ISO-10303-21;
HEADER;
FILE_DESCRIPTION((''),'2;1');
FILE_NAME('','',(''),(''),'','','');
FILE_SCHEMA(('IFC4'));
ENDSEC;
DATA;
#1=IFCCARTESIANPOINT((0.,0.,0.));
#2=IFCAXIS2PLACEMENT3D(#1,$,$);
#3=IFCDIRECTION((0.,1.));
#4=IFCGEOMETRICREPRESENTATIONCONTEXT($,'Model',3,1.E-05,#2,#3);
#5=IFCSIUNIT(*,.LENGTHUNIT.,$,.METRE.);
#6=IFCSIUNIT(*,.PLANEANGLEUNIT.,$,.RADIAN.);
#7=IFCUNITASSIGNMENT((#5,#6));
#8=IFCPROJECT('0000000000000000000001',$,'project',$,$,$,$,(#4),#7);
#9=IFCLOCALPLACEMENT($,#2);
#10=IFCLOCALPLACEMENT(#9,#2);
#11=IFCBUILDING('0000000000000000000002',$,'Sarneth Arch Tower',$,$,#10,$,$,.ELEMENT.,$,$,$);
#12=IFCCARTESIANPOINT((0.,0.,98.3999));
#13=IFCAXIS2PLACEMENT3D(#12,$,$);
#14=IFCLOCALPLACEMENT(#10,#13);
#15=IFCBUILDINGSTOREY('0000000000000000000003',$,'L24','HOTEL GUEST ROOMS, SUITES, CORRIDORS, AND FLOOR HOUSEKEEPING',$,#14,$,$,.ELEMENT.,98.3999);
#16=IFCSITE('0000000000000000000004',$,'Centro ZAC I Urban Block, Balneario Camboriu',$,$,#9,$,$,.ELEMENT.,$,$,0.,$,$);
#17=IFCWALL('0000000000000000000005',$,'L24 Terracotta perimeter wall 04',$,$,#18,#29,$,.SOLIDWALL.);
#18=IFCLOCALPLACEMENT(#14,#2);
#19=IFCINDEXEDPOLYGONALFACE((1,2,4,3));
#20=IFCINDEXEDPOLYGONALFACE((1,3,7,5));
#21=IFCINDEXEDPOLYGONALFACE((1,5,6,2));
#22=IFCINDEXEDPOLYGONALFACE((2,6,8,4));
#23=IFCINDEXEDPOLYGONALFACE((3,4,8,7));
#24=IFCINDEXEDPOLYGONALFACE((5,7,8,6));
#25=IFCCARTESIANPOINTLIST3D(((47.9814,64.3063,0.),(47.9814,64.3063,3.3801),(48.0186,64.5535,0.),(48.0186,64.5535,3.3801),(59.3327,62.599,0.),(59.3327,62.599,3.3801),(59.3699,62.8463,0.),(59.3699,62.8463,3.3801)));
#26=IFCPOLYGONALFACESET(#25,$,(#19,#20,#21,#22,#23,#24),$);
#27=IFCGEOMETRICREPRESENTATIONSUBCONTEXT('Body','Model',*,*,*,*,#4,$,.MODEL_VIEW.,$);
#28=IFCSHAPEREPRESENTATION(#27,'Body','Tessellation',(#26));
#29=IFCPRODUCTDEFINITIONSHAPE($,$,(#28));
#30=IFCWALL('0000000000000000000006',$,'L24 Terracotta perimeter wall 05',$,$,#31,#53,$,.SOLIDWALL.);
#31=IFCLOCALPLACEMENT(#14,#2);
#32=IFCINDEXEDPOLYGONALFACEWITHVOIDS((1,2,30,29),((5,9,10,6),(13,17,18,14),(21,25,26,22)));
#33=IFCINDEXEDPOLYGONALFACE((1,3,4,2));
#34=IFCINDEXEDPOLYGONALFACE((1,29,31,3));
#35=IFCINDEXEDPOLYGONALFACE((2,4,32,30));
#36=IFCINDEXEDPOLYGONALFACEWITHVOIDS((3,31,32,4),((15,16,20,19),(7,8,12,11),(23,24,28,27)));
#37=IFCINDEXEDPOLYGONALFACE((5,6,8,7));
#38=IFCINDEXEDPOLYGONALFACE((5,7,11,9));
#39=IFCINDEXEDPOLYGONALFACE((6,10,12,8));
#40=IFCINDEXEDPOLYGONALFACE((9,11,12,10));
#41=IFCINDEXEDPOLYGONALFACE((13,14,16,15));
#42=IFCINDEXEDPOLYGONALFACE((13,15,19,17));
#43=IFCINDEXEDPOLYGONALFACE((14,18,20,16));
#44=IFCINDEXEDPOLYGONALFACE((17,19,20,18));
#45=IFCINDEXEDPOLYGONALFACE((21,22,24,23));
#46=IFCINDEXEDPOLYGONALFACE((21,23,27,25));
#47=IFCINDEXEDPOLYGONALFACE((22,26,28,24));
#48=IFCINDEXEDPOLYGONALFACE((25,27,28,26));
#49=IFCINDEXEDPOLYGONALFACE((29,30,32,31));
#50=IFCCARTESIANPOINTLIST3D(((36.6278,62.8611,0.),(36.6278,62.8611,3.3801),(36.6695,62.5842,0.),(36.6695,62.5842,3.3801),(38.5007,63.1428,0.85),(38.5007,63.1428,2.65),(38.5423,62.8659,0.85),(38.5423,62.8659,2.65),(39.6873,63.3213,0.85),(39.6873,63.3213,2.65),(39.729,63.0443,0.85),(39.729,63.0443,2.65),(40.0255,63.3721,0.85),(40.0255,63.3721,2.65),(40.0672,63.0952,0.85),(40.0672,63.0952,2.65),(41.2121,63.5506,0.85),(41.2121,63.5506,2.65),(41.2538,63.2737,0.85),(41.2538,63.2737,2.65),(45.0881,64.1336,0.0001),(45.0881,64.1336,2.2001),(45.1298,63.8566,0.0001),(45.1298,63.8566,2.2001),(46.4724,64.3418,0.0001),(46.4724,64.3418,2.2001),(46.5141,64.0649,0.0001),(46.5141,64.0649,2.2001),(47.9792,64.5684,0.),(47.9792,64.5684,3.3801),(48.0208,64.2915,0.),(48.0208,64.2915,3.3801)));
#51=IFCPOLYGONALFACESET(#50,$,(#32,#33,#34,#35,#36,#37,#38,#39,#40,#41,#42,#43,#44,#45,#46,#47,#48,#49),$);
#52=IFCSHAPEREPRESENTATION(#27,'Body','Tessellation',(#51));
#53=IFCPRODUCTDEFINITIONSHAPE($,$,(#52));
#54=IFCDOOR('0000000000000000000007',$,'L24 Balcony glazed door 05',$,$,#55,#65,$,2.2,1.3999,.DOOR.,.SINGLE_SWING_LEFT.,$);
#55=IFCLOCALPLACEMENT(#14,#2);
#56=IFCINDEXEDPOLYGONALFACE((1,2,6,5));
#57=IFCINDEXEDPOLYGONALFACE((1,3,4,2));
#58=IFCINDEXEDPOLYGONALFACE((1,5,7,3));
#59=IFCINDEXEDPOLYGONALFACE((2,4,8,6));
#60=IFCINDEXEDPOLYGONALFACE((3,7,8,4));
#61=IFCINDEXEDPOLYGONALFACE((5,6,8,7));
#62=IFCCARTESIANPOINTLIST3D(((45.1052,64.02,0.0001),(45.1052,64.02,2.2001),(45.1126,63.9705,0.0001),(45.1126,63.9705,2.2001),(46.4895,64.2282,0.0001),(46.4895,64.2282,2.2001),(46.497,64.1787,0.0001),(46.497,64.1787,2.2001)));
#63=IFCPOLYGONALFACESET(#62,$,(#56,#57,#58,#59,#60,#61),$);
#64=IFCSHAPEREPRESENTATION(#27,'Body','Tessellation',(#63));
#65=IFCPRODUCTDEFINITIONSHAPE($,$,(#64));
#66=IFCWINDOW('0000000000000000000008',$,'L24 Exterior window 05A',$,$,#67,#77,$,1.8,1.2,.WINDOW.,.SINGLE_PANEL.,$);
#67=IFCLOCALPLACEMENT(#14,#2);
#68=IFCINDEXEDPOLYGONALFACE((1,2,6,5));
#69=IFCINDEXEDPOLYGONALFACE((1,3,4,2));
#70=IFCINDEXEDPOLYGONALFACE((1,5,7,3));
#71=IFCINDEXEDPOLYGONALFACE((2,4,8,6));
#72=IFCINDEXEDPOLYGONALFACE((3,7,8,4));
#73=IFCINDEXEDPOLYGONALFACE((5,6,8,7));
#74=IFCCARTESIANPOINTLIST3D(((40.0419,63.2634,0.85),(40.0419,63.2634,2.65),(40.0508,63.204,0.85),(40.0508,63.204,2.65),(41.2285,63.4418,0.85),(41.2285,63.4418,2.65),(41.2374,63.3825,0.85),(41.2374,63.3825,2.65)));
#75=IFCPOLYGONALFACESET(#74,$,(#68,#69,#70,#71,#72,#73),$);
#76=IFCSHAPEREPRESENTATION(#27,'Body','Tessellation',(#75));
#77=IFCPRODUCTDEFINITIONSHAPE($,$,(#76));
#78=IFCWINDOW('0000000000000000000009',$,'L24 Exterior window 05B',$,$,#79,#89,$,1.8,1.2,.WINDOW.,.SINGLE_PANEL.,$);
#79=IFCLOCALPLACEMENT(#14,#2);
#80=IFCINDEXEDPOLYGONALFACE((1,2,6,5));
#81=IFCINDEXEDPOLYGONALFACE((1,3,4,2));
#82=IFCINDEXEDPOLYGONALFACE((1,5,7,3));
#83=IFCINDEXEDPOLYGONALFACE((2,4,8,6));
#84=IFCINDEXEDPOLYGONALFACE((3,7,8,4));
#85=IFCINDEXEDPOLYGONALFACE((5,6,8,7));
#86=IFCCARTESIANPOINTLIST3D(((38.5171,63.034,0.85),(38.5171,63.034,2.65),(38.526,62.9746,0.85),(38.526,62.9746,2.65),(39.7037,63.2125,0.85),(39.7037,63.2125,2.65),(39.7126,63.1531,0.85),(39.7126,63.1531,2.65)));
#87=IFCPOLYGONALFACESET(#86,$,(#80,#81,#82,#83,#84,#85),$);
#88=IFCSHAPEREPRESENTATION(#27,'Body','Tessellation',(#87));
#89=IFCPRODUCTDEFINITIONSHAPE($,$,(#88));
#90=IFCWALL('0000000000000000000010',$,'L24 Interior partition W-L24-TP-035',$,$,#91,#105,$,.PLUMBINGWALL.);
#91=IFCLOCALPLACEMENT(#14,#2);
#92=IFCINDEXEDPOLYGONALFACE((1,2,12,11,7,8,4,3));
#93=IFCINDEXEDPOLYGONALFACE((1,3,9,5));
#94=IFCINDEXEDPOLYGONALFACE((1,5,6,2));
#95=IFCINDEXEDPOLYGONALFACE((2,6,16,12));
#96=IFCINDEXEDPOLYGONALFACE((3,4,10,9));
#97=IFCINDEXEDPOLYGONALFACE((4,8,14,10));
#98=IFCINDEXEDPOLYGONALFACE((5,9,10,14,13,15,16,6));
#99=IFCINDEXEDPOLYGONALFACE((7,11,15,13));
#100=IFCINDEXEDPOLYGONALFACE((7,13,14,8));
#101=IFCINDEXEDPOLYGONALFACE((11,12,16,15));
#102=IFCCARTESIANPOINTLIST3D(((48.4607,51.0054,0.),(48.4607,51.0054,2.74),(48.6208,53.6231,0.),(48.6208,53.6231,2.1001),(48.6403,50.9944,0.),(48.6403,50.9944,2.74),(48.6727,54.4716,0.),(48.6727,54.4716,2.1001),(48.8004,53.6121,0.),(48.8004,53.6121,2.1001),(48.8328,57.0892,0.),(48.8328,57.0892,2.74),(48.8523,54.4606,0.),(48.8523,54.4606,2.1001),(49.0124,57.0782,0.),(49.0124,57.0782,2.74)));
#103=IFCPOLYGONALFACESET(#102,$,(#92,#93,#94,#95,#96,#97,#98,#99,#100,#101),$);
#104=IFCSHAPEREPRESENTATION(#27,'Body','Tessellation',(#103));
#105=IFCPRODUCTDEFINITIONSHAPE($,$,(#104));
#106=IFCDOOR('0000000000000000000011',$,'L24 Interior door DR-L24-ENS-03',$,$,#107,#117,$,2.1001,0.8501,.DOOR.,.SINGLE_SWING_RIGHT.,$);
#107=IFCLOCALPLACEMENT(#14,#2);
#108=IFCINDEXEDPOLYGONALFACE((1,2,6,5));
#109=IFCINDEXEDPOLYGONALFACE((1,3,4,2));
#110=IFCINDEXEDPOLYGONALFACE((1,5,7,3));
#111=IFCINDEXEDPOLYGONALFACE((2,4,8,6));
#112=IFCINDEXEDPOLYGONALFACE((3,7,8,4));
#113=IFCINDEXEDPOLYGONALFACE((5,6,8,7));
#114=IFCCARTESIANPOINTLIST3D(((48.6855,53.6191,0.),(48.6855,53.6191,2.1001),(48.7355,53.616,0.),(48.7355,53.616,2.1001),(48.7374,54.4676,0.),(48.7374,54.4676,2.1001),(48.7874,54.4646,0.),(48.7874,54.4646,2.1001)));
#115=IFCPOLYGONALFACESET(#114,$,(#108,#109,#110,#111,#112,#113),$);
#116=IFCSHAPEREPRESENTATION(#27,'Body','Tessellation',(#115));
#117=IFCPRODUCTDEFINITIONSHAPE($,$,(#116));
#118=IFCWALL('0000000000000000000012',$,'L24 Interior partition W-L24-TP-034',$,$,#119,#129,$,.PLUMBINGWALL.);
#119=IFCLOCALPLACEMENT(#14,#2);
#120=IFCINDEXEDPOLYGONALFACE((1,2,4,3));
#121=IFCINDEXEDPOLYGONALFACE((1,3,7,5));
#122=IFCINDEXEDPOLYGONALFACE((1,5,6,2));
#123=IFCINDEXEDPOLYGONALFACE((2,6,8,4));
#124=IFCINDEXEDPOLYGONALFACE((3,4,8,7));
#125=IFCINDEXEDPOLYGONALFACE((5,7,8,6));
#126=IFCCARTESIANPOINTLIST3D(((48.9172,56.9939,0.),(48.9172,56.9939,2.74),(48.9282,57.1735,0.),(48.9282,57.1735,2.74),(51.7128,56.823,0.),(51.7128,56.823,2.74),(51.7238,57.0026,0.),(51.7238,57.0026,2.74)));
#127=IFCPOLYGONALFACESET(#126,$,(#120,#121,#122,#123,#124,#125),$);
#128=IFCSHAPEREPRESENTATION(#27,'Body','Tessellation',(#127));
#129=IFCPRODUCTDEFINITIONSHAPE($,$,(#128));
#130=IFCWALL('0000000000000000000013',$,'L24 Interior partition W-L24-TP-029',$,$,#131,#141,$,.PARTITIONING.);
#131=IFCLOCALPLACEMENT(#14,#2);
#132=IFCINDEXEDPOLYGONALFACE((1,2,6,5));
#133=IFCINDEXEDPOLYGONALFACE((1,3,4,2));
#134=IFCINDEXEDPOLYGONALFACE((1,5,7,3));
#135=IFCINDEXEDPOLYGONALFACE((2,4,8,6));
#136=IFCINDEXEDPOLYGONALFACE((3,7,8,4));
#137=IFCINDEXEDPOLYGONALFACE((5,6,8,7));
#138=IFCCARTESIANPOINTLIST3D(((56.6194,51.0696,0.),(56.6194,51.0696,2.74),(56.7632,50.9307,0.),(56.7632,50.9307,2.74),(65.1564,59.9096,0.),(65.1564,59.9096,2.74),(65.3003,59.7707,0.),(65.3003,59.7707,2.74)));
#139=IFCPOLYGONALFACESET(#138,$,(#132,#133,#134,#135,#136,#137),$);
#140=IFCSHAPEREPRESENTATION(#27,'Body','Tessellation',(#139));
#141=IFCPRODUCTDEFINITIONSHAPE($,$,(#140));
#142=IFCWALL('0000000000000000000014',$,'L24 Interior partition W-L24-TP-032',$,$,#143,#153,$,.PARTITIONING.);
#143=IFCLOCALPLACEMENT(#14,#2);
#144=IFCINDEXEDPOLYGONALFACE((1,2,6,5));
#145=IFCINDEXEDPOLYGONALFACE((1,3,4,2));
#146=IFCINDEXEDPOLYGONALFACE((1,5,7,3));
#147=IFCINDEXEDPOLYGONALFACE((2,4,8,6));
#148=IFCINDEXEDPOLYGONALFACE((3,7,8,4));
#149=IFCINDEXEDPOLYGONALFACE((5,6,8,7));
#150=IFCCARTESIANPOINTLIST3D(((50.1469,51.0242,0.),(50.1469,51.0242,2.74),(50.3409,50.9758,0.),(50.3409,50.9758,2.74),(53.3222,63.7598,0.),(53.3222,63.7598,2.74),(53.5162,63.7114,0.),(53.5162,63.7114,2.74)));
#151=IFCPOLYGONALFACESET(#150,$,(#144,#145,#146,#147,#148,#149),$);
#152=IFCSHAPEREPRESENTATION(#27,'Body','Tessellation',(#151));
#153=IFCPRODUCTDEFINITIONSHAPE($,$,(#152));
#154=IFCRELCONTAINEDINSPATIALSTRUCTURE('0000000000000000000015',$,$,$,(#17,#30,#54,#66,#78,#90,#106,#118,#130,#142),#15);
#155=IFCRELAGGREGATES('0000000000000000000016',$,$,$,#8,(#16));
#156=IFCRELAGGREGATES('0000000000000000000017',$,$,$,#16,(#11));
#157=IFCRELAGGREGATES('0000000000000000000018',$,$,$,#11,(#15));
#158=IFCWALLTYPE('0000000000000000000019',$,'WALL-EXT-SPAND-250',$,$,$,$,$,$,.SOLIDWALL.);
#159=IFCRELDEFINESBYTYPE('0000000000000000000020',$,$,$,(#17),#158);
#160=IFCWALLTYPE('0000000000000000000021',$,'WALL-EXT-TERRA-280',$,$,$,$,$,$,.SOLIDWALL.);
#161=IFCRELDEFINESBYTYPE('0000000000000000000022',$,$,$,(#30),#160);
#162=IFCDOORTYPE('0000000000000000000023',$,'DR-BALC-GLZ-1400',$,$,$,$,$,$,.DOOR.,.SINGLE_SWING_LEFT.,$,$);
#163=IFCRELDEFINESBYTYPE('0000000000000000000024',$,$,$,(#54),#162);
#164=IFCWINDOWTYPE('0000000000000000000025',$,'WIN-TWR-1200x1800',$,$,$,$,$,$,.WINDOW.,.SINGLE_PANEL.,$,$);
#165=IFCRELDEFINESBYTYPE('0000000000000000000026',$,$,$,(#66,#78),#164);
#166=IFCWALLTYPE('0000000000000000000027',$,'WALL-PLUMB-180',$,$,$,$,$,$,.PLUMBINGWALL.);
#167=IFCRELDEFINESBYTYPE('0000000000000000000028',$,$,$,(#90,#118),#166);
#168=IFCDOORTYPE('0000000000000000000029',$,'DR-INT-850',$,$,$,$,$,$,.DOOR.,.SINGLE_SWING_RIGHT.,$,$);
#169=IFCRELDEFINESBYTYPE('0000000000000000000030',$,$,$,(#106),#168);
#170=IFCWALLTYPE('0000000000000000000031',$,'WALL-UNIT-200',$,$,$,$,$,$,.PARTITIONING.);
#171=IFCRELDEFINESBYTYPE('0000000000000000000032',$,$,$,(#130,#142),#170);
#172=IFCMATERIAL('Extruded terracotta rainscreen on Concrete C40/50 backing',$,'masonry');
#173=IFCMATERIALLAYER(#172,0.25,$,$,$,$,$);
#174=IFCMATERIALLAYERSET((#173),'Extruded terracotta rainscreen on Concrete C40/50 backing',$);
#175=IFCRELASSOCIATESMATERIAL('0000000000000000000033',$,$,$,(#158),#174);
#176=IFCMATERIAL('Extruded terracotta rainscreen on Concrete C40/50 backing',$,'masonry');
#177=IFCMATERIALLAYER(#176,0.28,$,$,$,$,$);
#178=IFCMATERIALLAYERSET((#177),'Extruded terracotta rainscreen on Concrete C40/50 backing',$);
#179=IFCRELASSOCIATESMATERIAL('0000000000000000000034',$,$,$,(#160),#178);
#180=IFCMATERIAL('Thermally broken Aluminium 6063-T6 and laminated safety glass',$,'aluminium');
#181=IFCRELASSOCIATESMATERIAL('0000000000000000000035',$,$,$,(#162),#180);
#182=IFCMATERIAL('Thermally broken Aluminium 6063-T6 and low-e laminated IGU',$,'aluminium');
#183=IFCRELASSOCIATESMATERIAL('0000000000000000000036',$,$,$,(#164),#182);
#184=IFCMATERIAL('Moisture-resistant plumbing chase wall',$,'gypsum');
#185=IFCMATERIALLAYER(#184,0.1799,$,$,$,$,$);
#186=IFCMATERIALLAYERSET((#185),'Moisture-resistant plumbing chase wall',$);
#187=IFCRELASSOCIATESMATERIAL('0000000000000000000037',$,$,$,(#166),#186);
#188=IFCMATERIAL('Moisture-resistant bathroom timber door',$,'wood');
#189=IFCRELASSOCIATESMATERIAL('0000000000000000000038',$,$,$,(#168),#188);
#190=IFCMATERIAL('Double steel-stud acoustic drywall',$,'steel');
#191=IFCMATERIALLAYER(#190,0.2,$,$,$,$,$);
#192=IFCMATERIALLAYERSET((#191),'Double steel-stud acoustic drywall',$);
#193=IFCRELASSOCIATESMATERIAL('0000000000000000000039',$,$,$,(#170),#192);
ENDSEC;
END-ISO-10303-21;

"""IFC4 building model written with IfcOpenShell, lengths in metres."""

from ifc_helpers import new_model, si_unit, direction, frame, frame_2d, origin, place, context, subcontext, project, spatial, rectangle, extrude, material, layer, layer_set, type_object, element, fill, save


model = new_model("IFC4")

# Units and contexts
model_context = context("Model", 3, precision=1e-05, world=origin(), true_north=direction((0.0, 1.0)))
body_context = subcontext(model_context, "Body", "Model", "MODEL_VIEW")
ifc_project = project(units=[si_unit("LENGTHUNIT", "METRE"), si_unit("PLANEANGLEUNIT", "RADIAN")], contexts=[model_context])

# Site, building, storey
site_placement = place(None, origin())
site = spatial("IfcSite", under=ifc_project, at=site_placement, Name="Centro ZAC I Urban Block, Balneario Camboriu", CompositionType="ELEMENT", RefElevation=0.0)
building_placement = place(site_placement, origin())
building = spatial("IfcBuilding", under=site, at=building_placement, Name="Sarneth Arch Tower", CompositionType="ELEMENT")
storey_placement = place(building_placement, frame((0.0, 0.0, 98.3999)))
storey = spatial("IfcBuildingStorey", under=building, at=storey_placement, Name="L24", Description="HOTEL GUEST ROOMS, SUITES, CORRIDORS, AND FLOOR HOUSEKEEPING", CompositionType="ELEMENT", Elevation=98.3999)

# Wall
ifc_material_1 = material(Name="Extruded terracotta rainscreen on Concrete C40/50 backing", Category="masonry")
ifc_layer_1 = layer(ifc_material_1, 0.25)
ifc_layer_set_1 = layer_set([ifc_layer_1], Name="Extruded terracotta rainscreen on Concrete C40/50 backing")
wall_type_1 = type_object("IfcWallType", Name="WALL-EXT-SPAND-250", PredefinedType="SOLIDWALL", material=ifc_layer_set_1)
wall_1_placement = place(storey_placement, frame((59.3513, 62.7227, 0.0), z_axis=(0.0, 0.0, 1.0), x_axis=(-0.988878, 0.14873, 0.0)))
element("IfcWall", 1, at=wall_1_placement, inside=storey, type_object=wall_type_1, Name="L24 Terracotta perimeter wall 04", PredefinedType="SOLIDWALL", context=body_context, shape_type="SweptSolid", body=[
    extrude(rectangle(XDim=11.479, YDim=0.25, at=frame_2d((5.7395, 0.0))), origin(), (0.0, 0.0, 1.0), 3.3801),
])

# Wall, openings, door, windows
ifc_material_2 = material(Name="Extruded terracotta rainscreen on Concrete C40/50 backing", Category="masonry")
ifc_layer_2 = layer(ifc_material_2, 0.28)
ifc_layer_set_2 = layer_set([ifc_layer_2], Name="Extruded terracotta rainscreen on Concrete C40/50 backing")
wall_type_2 = type_object("IfcWallType", Name="WALL-EXT-TERRA-280", PredefinedType="SOLIDWALL", material=ifc_layer_set_2)
wall_2_placement = place(storey_placement, frame((48.0, 64.4299, 0.0), z_axis=(0.0, 0.0, 1.0), x_axis=(-0.988878, -0.14873, 0.0)))
wall_2 = element("IfcWall", 2, at=wall_2_placement, inside=storey, type_object=wall_type_2, Name="L24 Terracotta perimeter wall 05", PredefinedType="SOLIDWALL", context=body_context, shape_type="SweptSolid", body=[
    extrude(rectangle(XDim=11.479, YDim=0.28, at=frame_2d((5.7395, 0.0))), origin(), (0.0, 0.0, 1.0), 3.3801),
])
opening_1_placement = place(wall_2_placement, frame((1.5237, 0.0, 0.0)))
opening_1 = element("IfcOpeningElement", 3, at=opening_1_placement, cuts=wall_2, PredefinedType="OPENING", context=body_context, shape_type="SweptSolid", body=[
    extrude(rectangle(XDim=1.3999, YDim=2.2, at=frame_2d((0.7, 1.1001))), frame((0.0, 0.1499, 0.0), z_axis=(0.0, -1.0, 0.0), x_axis=(1.0, 0.0, 0.0)), (0.0, 0.0, 1.0), 0.3),
])
opening_2_placement = place(wall_2_placement, frame((6.843, 0.0, 0.8501)))
opening_2 = element("IfcOpeningElement", 4, at=opening_2_placement, cuts=wall_2, PredefinedType="OPENING", context=body_context, shape_type="SweptSolid", body=[
    extrude(rectangle(XDim=1.2, YDim=1.8, at=frame_2d((0.6001, 0.8999))), frame((0.0, 0.1499, 0.0), z_axis=(0.0, -1.0, 0.0), x_axis=(1.0, 0.0, 0.0)), (0.0, 0.0, 1.0), 0.3),
])
opening_3_placement = place(wall_2_placement, frame((8.385, 0.0, 0.8501)))
opening_3 = element("IfcOpeningElement", 5, at=opening_3_placement, cuts=wall_2, PredefinedType="OPENING", context=body_context, shape_type="SweptSolid", body=[
    extrude(rectangle(XDim=1.2, YDim=1.8, at=frame_2d((0.6001, 0.8999))), frame((0.0, 0.1499, 0.0), z_axis=(0.0, -1.0, 0.0), x_axis=(1.0, 0.0, 0.0)), (0.0, 0.0, 1.0), 0.3),
])
ifc_material_3 = material(Name="Thermally broken Aluminium 6063-T6 and laminated safety glass", Category="aluminium")
door_type_1 = type_object("IfcDoorType", Name="DR-BALC-GLZ-1400", OperationType="SINGLE_SWING_LEFT", PredefinedType="DOOR", material=ifc_material_3)
door_1_placement = place(opening_1_placement, origin())
door_1 = element("IfcDoor", 6, at=door_1_placement, inside=storey, type_object=door_type_1, Name="L24 Balcony glazed door 05", OperationType="SINGLE_SWING_LEFT", OverallHeight=2.2, OverallWidth=1.3999, PredefinedType="DOOR", context=body_context, shape_type="SweptSolid", body=[
    extrude(rectangle(XDim=1.3999, YDim=2.2, at=frame_2d((0.7, 1.1001))), frame((0.0, 0.0249, 0.0), z_axis=(0.0, -1.0, 0.0), x_axis=(1.0, 0.0, 0.0)), (0.0, 0.0, 1.0), 0.05),
])
fill(opening_1, door_1)
ifc_material_4 = material(Name="Thermally broken Aluminium 6063-T6 and low-e laminated IGU", Category="aluminium")
window_type = type_object("IfcWindowType", Name="WIN-TWR-1200x1800", PartitioningType="SINGLE_PANEL", PredefinedType="WINDOW", material=ifc_material_4)
window_1_placement = place(opening_2_placement, origin())
window_1 = element("IfcWindow", 7, at=window_1_placement, inside=storey, type_object=window_type, Name="L24 Exterior window 05A", OverallHeight=1.8, OverallWidth=1.2, PartitioningType="SINGLE_PANEL", PredefinedType="WINDOW", context=body_context, shape_type="SweptSolid", body=[
    extrude(rectangle(XDim=1.2, YDim=1.8, at=frame_2d((0.6001, 0.8999))), frame((0.0, 0.03, 0.0), z_axis=(0.0, -1.0, 0.0), x_axis=(1.0, 0.0, 0.0)), (0.0, 0.0, 1.0), 0.0601),
])
fill(opening_2, window_1)
window_2_placement = place(opening_3_placement, origin())
window_2 = element("IfcWindow", 8, at=window_2_placement, inside=storey, type_object=window_type, Name="L24 Exterior window 05B", OverallHeight=1.8, OverallWidth=1.2, PartitioningType="SINGLE_PANEL", PredefinedType="WINDOW", context=body_context, shape_type="SweptSolid", body=[
    extrude(rectangle(XDim=1.2, YDim=1.8, at=frame_2d((0.6001, 0.8999))), frame((0.0, 0.03, 0.0), z_axis=(0.0, -1.0, 0.0), x_axis=(1.0, 0.0, 0.0)), (0.0, 0.0, 1.0), 0.0601),
])
fill(opening_3, window_2)

# Wall, opening, door
ifc_material_5 = material(Name="Moisture-resistant plumbing chase wall", Category="gypsum")
ifc_layer_3 = layer(ifc_material_5, 0.1799)
ifc_layer_set_3 = layer_set([ifc_layer_3], Name="Moisture-resistant plumbing chase wall")
wall_type_3 = type_object("IfcWallType", Name="WALL-PLUMB-180", PredefinedType="PLUMBINGWALL", material=ifc_layer_set_3)
wall_3_placement = place(storey_placement, frame((48.9226, 57.0837, 0.0), z_axis=(0.0, 0.0, 1.0), x_axis=(-0.061044, -0.998135, 0.0)))
wall_3 = element("IfcWall", 9, at=wall_3_placement, inside=storey, type_object=wall_type_3, Name="L24 Interior partition W-L24-TP-035", PredefinedType="PLUMBINGWALL", context=body_context, shape_type="SweptSolid", body=[
    extrude(rectangle(XDim=6.0952, YDim=0.1799, at=frame_2d((3.0476, 0.0))), origin(), (0.0, 0.0, 1.0), 2.74),
])
opening_4_placement = place(wall_3_placement, frame((2.6226, 0.0, 0.0)))
opening_4 = element("IfcOpeningElement", 10, at=opening_4_placement, cuts=wall_3, PredefinedType="OPENING", context=body_context, shape_type="SweptSolid", body=[
    extrude(rectangle(XDim=0.8501, YDim=2.1001, at=frame_2d((0.425, 1.05))), frame((0.0, 0.0999, 0.0), z_axis=(0.0, -1.0, 0.0), x_axis=(1.0, 0.0, 0.0)), (0.0, 0.0, 1.0), 0.2),
])
ifc_material_6 = material(Name="Moisture-resistant bathroom timber door", Category="wood")
door_type_2 = type_object("IfcDoorType", Name="DR-INT-850", OperationType="SINGLE_SWING_RIGHT", PredefinedType="DOOR", material=ifc_material_6)
door_2_placement = place(opening_4_placement, origin())
door_2 = element("IfcDoor", 11, at=door_2_placement, inside=storey, type_object=door_type_2, Name="L24 Interior door DR-L24-ENS-03", OperationType="SINGLE_SWING_RIGHT", OverallHeight=2.1001, OverallWidth=0.8501, PredefinedType="DOOR", context=body_context, shape_type="SweptSolid", body=[
    extrude(rectangle(XDim=0.8501, YDim=2.1001, at=frame_2d((0.425, 1.05))), frame((0.0, 0.0249, 0.0), z_axis=(0.0, -1.0, 0.0), x_axis=(1.0, 0.0, 0.0)), (0.0, 0.0, 1.0), 0.05),
])
fill(opening_4, door_2)

# Walls
wall_4_placement = place(storey_placement, frame((51.7183, 56.9128, 0.0), z_axis=(0.0, 0.0, 1.0), x_axis=(-0.998137, 0.061016, 0.0)))
element("IfcWall", 12, at=wall_4_placement, inside=storey, type_object=wall_type_3, Name="L24 Interior partition W-L24-TP-034", PredefinedType="PLUMBINGWALL", context=body_context, shape_type="SweptSolid", body=[
    extrude(rectangle(XDim=2.8008, YDim=0.1799, at=frame_2d((1.4004, 0.0))), origin(), (0.0, 0.0, 1.0), 2.74),
])
ifc_material_7 = material(Name="Double steel-stud acoustic drywall", Category="steel")
ifc_layer_4 = layer(ifc_material_7, 0.2)
ifc_layer_set_4 = layer_set([ifc_layer_4], Name="Double steel-stud acoustic drywall")
wall_type_4 = type_object("IfcWallType", Name="WALL-UNIT-200", PredefinedType="PARTITIONING", material=ifc_layer_set_4)
wall_5_placement = place(storey_placement, frame((65.2283, 59.8401, 0.0), z_axis=(0.0, 0.0, 1.0), x_axis=(-0.694673, -0.719326, 0.0)))
element("IfcWall", 13, at=wall_5_placement, inside=storey, type_object=wall_type_4, Name="L24 Interior partition W-L24-TP-029", PredefinedType="PARTITIONING", context=body_context, shape_type="SweptSolid", body=[
    extrude(rectangle(XDim=12.2893, YDim=0.2, at=frame_2d((6.1445, 0.0))), origin(), (0.0, 0.0, 1.0), 2.74),
])
wall_6_placement = place(storey_placement, frame((50.2439, 51.0, 0.0), z_axis=(0.0, 0.0, 1.0), x_axis=(0.241918, 0.970297, 0.0)))
element("IfcWall", 14, at=wall_6_placement, inside=storey, type_object=wall_type_4, Name="L24 Interior partition W-L24-TP-032", PredefinedType="PARTITIONING", context=body_context, shape_type="SweptSolid", body=[
    extrude(rectangle(XDim=13.1255, YDim=0.2, at=frame_2d((6.5627, 0.0))), origin(), (0.0, 0.0, 1.0), 2.74),
])

save(model, "model.ifc")
